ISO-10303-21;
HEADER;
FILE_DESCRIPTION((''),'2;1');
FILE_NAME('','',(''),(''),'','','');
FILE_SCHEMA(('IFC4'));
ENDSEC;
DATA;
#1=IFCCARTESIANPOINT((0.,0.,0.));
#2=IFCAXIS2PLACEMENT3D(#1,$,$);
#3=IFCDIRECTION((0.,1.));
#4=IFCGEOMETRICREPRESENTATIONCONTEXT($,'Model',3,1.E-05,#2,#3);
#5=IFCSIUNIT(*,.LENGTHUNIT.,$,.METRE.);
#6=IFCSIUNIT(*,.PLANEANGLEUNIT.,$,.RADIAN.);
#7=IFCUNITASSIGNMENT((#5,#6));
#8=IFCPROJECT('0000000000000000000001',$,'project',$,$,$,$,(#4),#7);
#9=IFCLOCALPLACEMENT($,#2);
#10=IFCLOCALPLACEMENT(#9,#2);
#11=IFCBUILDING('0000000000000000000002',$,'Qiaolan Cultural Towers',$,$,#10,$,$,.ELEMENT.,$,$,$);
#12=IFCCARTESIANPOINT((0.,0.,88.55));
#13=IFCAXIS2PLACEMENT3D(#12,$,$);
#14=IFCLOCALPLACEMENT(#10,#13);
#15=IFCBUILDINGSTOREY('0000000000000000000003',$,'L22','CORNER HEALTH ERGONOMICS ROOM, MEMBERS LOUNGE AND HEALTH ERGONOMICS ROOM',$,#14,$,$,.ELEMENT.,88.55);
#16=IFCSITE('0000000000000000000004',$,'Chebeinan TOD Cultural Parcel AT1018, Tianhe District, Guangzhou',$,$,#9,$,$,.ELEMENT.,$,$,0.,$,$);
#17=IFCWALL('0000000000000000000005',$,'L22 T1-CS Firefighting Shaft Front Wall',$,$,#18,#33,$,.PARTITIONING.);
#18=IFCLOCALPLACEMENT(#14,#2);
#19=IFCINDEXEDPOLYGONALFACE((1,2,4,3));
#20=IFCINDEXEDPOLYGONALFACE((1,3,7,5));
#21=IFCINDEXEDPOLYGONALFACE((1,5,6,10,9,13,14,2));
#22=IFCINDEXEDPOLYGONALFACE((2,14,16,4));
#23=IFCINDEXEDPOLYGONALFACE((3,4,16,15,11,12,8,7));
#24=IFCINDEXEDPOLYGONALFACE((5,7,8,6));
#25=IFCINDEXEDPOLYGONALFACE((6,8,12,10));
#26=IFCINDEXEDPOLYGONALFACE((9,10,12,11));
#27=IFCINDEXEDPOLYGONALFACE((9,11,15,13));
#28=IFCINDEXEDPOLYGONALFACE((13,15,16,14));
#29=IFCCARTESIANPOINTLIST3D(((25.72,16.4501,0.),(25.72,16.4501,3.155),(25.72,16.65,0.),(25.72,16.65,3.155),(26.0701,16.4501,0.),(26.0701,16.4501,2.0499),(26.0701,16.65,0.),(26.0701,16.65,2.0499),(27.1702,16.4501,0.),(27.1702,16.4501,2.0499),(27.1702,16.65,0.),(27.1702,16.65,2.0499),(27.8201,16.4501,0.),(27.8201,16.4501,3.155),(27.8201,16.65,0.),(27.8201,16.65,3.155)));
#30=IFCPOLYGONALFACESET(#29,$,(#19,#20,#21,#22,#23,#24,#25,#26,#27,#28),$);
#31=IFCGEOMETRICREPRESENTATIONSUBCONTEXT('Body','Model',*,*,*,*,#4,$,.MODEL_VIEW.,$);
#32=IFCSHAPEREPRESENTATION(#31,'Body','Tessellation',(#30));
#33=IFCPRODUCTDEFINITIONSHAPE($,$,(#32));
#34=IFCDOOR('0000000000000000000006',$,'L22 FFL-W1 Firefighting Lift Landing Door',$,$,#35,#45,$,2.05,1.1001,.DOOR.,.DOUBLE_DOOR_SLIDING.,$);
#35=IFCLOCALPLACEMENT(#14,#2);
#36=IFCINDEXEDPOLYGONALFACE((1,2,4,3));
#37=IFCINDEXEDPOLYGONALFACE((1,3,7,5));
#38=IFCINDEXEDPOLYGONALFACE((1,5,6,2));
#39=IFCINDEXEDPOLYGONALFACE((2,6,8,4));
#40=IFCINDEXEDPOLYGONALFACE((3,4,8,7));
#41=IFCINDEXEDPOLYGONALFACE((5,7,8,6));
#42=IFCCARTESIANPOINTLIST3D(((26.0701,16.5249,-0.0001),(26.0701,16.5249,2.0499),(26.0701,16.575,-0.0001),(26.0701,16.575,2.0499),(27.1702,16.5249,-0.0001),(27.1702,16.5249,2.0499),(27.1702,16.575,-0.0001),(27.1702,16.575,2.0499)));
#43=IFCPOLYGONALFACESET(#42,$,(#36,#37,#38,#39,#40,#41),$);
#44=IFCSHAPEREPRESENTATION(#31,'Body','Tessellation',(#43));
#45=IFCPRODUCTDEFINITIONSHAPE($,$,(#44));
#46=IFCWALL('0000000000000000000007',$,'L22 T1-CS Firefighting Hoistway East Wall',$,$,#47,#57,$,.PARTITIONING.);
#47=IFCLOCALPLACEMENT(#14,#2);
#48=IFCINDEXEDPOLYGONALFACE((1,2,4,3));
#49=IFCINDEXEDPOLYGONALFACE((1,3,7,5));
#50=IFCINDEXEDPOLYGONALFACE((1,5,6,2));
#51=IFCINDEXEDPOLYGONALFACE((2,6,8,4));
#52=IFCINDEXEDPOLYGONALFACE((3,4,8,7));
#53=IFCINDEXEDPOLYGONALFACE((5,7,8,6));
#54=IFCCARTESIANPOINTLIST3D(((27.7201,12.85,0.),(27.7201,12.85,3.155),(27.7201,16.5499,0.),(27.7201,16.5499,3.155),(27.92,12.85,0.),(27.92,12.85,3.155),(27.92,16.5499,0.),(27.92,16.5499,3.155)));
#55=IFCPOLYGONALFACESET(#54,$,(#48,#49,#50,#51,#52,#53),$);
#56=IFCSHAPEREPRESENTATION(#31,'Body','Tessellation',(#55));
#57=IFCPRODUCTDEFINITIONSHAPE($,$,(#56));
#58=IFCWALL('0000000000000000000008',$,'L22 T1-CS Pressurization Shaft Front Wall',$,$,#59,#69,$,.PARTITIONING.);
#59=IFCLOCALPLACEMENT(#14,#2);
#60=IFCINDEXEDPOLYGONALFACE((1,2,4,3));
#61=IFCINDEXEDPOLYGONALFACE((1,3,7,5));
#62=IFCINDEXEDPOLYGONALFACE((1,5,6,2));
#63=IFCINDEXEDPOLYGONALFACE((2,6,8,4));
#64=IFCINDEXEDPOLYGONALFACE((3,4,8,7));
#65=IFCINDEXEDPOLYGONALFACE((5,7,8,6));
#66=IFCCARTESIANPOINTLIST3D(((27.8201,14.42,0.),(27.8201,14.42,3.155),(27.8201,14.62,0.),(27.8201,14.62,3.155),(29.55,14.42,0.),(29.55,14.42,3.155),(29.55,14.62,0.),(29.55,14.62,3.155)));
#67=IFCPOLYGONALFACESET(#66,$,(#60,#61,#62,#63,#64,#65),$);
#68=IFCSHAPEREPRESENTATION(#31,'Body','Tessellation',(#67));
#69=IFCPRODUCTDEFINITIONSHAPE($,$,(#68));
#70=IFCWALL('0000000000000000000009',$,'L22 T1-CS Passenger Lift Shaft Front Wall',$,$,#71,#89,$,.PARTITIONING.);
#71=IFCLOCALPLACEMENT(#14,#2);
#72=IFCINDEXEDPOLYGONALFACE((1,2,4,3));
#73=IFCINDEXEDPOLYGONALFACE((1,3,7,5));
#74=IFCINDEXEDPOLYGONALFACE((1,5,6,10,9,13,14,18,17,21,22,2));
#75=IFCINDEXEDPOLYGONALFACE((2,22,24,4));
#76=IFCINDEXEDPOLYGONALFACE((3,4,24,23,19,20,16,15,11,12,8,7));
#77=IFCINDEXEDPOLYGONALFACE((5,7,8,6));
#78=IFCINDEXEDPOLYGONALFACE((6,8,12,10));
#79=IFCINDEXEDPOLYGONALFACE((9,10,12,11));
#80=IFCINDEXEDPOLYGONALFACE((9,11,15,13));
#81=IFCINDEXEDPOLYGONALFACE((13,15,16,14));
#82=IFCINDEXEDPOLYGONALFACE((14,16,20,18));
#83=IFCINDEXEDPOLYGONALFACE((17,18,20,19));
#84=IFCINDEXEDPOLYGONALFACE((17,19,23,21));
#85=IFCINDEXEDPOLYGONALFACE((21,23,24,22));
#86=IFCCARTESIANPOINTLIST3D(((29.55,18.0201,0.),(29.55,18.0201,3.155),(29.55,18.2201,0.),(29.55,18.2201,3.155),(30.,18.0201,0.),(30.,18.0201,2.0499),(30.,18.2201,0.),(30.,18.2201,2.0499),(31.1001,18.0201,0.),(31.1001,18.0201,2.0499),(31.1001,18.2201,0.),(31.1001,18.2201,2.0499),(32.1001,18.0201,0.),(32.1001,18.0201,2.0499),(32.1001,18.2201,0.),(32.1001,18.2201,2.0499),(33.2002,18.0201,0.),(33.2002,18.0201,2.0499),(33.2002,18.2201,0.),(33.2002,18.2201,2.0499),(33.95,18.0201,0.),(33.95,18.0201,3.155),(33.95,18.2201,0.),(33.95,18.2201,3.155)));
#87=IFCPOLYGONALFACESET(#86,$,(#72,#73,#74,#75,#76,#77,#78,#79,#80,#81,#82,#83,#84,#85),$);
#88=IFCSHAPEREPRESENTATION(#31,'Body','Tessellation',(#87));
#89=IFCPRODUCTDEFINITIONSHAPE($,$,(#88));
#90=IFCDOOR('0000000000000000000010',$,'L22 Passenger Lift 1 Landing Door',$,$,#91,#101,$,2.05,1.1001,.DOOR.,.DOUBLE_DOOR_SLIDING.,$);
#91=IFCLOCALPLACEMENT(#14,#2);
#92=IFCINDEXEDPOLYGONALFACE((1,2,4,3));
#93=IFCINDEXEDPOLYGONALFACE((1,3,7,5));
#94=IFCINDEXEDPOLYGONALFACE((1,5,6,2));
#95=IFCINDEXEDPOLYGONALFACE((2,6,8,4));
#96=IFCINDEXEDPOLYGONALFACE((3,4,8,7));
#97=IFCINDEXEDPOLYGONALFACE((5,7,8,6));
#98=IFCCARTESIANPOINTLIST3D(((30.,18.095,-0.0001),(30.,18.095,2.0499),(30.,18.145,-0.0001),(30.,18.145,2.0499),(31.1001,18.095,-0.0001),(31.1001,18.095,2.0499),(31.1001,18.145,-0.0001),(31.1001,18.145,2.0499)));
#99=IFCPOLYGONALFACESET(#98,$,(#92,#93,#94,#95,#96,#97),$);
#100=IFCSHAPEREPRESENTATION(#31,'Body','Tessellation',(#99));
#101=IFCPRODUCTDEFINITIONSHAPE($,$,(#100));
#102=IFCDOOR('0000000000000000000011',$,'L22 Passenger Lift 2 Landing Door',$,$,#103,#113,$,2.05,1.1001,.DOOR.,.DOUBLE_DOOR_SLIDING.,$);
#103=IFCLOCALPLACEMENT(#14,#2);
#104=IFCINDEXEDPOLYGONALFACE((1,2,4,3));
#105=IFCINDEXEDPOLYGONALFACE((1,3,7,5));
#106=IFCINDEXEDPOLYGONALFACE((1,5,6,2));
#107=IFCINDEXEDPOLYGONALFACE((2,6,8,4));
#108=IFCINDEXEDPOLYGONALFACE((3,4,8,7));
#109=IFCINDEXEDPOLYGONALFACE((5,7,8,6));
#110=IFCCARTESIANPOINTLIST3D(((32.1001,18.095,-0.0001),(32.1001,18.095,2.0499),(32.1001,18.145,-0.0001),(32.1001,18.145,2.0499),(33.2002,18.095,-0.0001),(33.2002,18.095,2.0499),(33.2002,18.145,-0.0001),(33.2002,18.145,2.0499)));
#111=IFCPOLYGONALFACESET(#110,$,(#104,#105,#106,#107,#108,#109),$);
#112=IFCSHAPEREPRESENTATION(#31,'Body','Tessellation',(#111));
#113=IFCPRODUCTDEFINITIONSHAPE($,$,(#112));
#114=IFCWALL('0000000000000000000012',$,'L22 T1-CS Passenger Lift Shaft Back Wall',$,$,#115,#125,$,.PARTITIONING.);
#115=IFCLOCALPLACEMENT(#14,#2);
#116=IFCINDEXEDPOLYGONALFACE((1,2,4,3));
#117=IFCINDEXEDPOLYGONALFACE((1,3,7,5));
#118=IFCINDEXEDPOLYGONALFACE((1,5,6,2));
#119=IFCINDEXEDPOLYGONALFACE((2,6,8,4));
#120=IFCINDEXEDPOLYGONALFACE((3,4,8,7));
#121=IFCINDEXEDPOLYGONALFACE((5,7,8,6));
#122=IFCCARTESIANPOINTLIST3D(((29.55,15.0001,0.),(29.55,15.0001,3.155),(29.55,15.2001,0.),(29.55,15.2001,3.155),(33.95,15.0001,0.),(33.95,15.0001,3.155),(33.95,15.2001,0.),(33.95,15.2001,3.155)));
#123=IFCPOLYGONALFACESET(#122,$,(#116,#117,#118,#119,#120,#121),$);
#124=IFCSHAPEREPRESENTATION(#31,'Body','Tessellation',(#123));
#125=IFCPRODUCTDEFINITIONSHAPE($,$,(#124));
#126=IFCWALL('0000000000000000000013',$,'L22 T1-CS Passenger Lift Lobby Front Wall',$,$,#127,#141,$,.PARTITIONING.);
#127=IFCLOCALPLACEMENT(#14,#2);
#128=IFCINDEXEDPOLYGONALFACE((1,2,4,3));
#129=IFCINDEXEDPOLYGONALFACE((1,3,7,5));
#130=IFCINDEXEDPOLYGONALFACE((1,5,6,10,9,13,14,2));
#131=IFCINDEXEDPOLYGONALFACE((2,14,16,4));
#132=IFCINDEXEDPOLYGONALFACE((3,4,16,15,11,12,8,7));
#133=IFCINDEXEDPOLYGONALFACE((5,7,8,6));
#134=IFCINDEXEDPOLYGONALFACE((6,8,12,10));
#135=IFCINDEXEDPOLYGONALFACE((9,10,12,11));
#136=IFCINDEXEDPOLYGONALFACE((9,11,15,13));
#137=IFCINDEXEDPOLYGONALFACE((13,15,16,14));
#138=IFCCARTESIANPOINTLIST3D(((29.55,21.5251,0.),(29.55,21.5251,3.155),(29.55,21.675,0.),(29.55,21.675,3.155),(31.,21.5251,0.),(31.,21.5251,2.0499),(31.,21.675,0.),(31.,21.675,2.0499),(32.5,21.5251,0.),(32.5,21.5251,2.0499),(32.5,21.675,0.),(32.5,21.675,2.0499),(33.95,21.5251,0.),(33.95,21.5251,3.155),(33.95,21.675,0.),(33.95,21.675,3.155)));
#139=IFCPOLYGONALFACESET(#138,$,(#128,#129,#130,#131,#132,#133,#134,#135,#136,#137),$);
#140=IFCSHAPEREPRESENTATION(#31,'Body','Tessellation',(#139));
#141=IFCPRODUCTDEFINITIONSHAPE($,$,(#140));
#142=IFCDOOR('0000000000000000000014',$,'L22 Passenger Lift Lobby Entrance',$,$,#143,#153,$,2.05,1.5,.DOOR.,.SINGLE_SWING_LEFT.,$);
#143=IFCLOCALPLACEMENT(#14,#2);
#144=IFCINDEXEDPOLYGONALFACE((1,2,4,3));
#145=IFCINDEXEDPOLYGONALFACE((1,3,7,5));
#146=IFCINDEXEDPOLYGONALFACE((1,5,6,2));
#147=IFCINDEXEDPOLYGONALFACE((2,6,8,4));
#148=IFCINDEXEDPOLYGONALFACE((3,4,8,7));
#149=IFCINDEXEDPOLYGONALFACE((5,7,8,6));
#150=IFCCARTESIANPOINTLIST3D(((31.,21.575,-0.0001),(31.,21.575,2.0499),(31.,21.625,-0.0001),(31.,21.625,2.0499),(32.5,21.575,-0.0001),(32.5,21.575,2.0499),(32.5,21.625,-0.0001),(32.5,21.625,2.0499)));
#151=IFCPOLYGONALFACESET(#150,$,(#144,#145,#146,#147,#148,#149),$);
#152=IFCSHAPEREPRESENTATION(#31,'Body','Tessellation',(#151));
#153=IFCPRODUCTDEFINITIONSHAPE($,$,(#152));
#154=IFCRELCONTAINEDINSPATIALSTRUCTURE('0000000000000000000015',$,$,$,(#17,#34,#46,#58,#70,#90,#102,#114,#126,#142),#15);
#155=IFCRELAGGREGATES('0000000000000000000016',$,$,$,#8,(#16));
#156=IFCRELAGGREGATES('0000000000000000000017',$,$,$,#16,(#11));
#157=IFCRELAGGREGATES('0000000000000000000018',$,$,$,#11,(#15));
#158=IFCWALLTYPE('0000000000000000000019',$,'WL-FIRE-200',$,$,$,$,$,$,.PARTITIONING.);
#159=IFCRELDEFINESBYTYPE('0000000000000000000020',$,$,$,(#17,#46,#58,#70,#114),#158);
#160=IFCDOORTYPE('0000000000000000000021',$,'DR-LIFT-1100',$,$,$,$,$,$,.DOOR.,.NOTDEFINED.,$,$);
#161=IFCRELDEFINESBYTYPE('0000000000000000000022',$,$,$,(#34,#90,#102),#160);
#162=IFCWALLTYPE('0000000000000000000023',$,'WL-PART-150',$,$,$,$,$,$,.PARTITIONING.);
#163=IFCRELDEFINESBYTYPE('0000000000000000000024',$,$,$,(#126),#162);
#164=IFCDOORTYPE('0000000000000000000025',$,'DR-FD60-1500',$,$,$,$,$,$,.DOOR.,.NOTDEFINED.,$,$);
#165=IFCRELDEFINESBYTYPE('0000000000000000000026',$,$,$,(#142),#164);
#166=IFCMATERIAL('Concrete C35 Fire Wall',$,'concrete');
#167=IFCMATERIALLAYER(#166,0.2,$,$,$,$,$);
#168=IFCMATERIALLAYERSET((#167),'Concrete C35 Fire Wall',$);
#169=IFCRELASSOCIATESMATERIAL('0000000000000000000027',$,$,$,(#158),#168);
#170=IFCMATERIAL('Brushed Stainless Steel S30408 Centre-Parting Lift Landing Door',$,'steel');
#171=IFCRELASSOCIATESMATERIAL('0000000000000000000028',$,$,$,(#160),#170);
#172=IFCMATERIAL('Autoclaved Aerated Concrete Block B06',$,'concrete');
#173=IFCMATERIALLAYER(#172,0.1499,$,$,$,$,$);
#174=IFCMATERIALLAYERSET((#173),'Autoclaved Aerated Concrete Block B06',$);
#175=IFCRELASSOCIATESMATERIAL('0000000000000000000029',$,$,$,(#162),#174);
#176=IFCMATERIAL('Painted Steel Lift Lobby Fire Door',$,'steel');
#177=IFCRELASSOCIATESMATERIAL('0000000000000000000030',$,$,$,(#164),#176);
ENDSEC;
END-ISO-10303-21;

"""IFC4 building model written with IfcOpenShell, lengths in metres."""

from ifc_helpers import new_model, si_unit, direction, frame, frame_2d, origin, place, context, subcontext, project, spatial, rectangle, extrude, material, layer, layer_set, type_object, element, fill, save


model = new_model("IFC4")

# Units and contexts
model_context = context("Model", 3, precision=1e-05, world=origin(), true_north=direction((0.0, 1.0)))
body_context = subcontext(model_context, "Body", "Model", "MODEL_VIEW")
ifc_project = project(units=[si_unit("LENGTHUNIT", "METRE"), si_unit("PLANEANGLEUNIT", "RADIAN")], contexts=[model_context])

# Site, building, storey
site_placement = place(None, origin())
site = spatial("IfcSite", under=ifc_project, at=site_placement, Name="Chebeinan TOD Cultural Parcel AT1018, Tianhe District, Guangzhou", CompositionType="ELEMENT", RefElevation=0.0)
building_placement = place(site_placement, origin())
building = spatial("IfcBuilding", under=site, at=building_placement, Name="Qiaolan Cultural Towers", CompositionType="ELEMENT")
storey_placement = place(building_placement, frame((0.0, 0.0, 88.55)))
storey = spatial("IfcBuildingStorey", under=building, at=storey_placement, Name="L22", Description="CORNER HEALTH ERGONOMICS ROOM, MEMBERS LOUNGE AND HEALTH ERGONOMICS ROOM", CompositionType="ELEMENT", Elevation=88.55)

# Shared definitions
ifc_material_1 = material(Name="Concrete C35 Fire Wall", Category="concrete")
ifc_layer_1 = layer(ifc_material_1, 0.2)
ifc_layer_set_1 = layer_set([ifc_layer_1], Name="Concrete C35 Fire Wall")
wall_type_1 = type_object("IfcWallType", Name="WL-FIRE-200", PredefinedType="PARTITIONING", material=ifc_layer_set_1)

# Wall, opening, door
wall_1_placement = place(storey_placement, frame((25.72, 16.55, 0.0), z_axis=(0.0, 0.0, 1.0), x_axis=(1.0, 0.0, 0.0)))
wall_1 = element("IfcWall", 1, at=wall_1_placement, inside=storey, type_object=wall_type_1, Name="L22 T1-CS Firefighting Shaft Front Wall", PredefinedType="PARTITIONING", context=body_context, shape_type="SweptSolid", body=[
    extrude(rectangle(XDim=2.1001, YDim=0.2, at=frame_2d((1.05, 0.0))), origin(), (0.0, 0.0, 1.0), 3.155),
])
opening_1_placement = place(wall_1_placement, frame((0.3501, 0.0, 0.0)))
opening_1 = element("IfcOpeningElement", 2, at=opening_1_placement, cuts=wall_1, PredefinedType="OPENING", context=body_context, shape_type="SweptSolid", body=[
    extrude(rectangle(XDim=1.1001, YDim=2.05, at=frame_2d((0.55, 1.0249))), frame((0.0, 0.1099, 0.0), z_axis=(0.0, -1.0, 0.0), x_axis=(1.0, 0.0, 0.0)), (0.0, 0.0, 1.0), 0.22),
])
ifc_material_2 = material(Name="Brushed Stainless Steel S30408 Centre-Parting Lift Landing Door", Category="steel")
door_type_1 = type_object("IfcDoorType", Name="DR-LIFT-1100", OperationType="NOTDEFINED", PredefinedType="DOOR", material=ifc_material_2)
door_1_placement = place(opening_1_placement, origin())
door_1 = element("IfcDoor", 3, at=door_1_placement, inside=storey, type_object=door_type_1, Name="L22 FFL-W1 Firefighting Lift Landing Door", OperationType="DOUBLE_DOOR_SLIDING", OverallHeight=2.05, OverallWidth=1.1001, PredefinedType="DOOR", context=body_context, shape_type="SweptSolid", body=[
    extrude(rectangle(XDim=1.1001, YDim=2.05, at=frame_2d((0.55, 1.0249))), frame((0.0, 0.0249, 0.0), z_axis=(0.0, -1.0, 0.0), x_axis=(1.0, 0.0, 0.0)), (0.0, 0.0, 1.0), 0.05),
])
fill(opening_1, door_1)

# Walls
wall_2_placement = place(storey_placement, frame((27.8201, 16.55, 0.0), z_axis=(0.0, 0.0, 1.0), x_axis=(0.0, -1.0, 0.0)))
element("IfcWall", 4, at=wall_2_placement, inside=storey, type_object=wall_type_1, Name="L22 T1-CS Firefighting Hoistway East Wall", PredefinedType="PARTITIONING", context=body_context, shape_type="SweptSolid", body=[
    extrude(rectangle(XDim=3.7, YDim=0.2, at=frame_2d((1.8501, 0.0))), origin(), (0.0, 0.0, 1.0), 3.155),
])
wall_3_placement = place(storey_placement, frame((27.8201, 14.52, 0.0), z_axis=(0.0, 0.0, 1.0), x_axis=(1.0, 0.0, 0.0)))
element("IfcWall", 5, at=wall_3_placement, inside=storey, type_object=wall_type_1, Name="L22 T1-CS Pressurization Shaft Front Wall", PredefinedType="PARTITIONING", context=body_context, shape_type="SweptSolid", body=[
    extrude(rectangle(XDim=1.73, YDim=0.2, at=frame_2d((0.865, 0.0))), origin(), (0.0, 0.0, 1.0), 3.155),
])

# Wall, openings, doors
wall_4_placement = place(storey_placement, frame((29.55, 18.1201, 0.0), z_axis=(0.0, 0.0, 1.0), x_axis=(1.0, 0.0, 0.0)))
wall_4 = element("IfcWall", 6, at=wall_4_placement, inside=storey, type_object=wall_type_1, Name="L22 T1-CS Passenger Lift Shaft Front Wall", PredefinedType="PARTITIONING", context=body_context, shape_type="SweptSolid", body=[
    extrude(rectangle(XDim=4.3999, YDim=0.2, at=frame_2d((2.2, 0.0))), origin(), (0.0, 0.0, 1.0), 3.155),
])
opening_2_placement = place(wall_4_placement, frame((0.45, 0.0, 0.0)))
opening_2 = element("IfcOpeningElement", 7, at=opening_2_placement, cuts=wall_4, PredefinedType="OPENING", context=body_context, shape_type="SweptSolid", body=[
    extrude(rectangle(XDim=1.1001, YDim=2.05, at=frame_2d((0.55, 1.0249))), frame((0.0, 0.1099, 0.0), z_axis=(0.0, -1.0, 0.0), x_axis=(1.0, 0.0, 0.0)), (0.0, 0.0, 1.0), 0.22),
])
opening_3_placement = place(wall_4_placement, frame((2.55, 0.0, 0.0)))
opening_3 = element("IfcOpeningElement", 8, at=opening_3_placement, cuts=wall_4, PredefinedType="OPENING", context=body_context, shape_type="SweptSolid", body=[
    extrude(rectangle(XDim=1.1001, YDim=2.05, at=frame_2d((0.55, 1.0249))), frame((0.0, 0.1099, 0.0), z_axis=(0.0, -1.0, 0.0), x_axis=(1.0, 0.0, 0.0)), (0.0, 0.0, 1.0), 0.22),
])
door_2_placement = place(opening_2_placement, origin())
door_2 = element("IfcDoor", 9, at=door_2_placement, inside=storey, type_object=door_type_1, Name="L22 Passenger Lift 1 Landing Door", OperationType="DOUBLE_DOOR_SLIDING", OverallHeight=2.05, OverallWidth=1.1001, PredefinedType="DOOR", context=body_context, shape_type="SweptSolid", body=[
    extrude(rectangle(XDim=1.1001, YDim=2.05, at=frame_2d((0.55, 1.0249))), frame((0.0, 0.0249, 0.0), z_axis=(0.0, -1.0, 0.0), x_axis=(1.0, 0.0, 0.0)), (0.0, 0.0, 1.0), 0.05),
])
fill(opening_2, door_2)
door_3_placement = place(opening_3_placement, origin())
door_3 = element("IfcDoor", 10, at=door_3_placement, inside=storey, type_object=door_type_1, Name="L22 Passenger Lift 2 Landing Door", OperationType="DOUBLE_DOOR_SLIDING", OverallHeight=2.05, OverallWidth=1.1001, PredefinedType="DOOR", context=body_context, shape_type="SweptSolid", body=[
    extrude(rectangle(XDim=1.1001, YDim=2.05, at=frame_2d((0.55, 1.0249))), frame((0.0, 0.0249, 0.0), z_axis=(0.0, -1.0, 0.0), x_axis=(1.0, 0.0, 0.0)), (0.0, 0.0, 1.0), 0.05),
])
fill(opening_3, door_3)

# Wall
wall_5_placement = place(storey_placement, frame((29.55, 15.1001, 0.0), z_axis=(0.0, 0.0, 1.0), x_axis=(1.0, 0.0, 0.0)))
element("IfcWall", 11, at=wall_5_placement, inside=storey, type_object=wall_type_1, Name="L22 T1-CS Passenger Lift Shaft Back Wall", PredefinedType="PARTITIONING", context=body_context, shape_type="SweptSolid", body=[
    extrude(rectangle(XDim=4.3999, YDim=0.2, at=frame_2d((2.2, 0.0))), origin(), (0.0, 0.0, 1.0), 3.155),
])

# Wall, opening, door
ifc_material_3 = material(Name="Autoclaved Aerated Concrete Block B06", Category="concrete")
ifc_layer_2 = layer(ifc_material_3, 0.1499)
ifc_layer_set_2 = layer_set([ifc_layer_2], Name="Autoclaved Aerated Concrete Block B06")
wall_type_2 = type_object("IfcWallType", Name="WL-PART-150", PredefinedType="PARTITIONING", material=ifc_layer_set_2)
wall_6_placement = place(storey_placement, frame((29.55, 21.6001, 0.0), z_axis=(0.0, 0.0, 1.0), x_axis=(1.0, 0.0, 0.0)))
wall_6 = element("IfcWall", 12, at=wall_6_placement, inside=storey, type_object=wall_type_2, Name="L22 T1-CS Passenger Lift Lobby Front Wall", PredefinedType="PARTITIONING", context=body_context, shape_type="SweptSolid", body=[
    extrude(rectangle(XDim=4.3999, YDim=0.1499, at=frame_2d((2.2, 0.0))), origin(), (0.0, 0.0, 1.0), 3.155),
])
opening_4_placement = place(wall_6_placement, frame((1.45, 0.0, 0.0)))
opening_4 = element("IfcOpeningElement", 13, at=opening_4_placement, cuts=wall_6, PredefinedType="OPENING", context=body_context, shape_type="SweptSolid", body=[
    extrude(rectangle(XDim=1.5, YDim=2.05, at=frame_2d((0.75, 1.0249))), frame((0.0, 0.085, 0.0), z_axis=(0.0, -1.0, 0.0), x_axis=(1.0, 0.0, 0.0)), (0.0, 0.0, 1.0), 0.1699),
])
ifc_material_4 = material(Name="Painted Steel Lift Lobby Fire Door", Category="steel")
door_type_2 = type_object("IfcDoorType", Name="DR-FD60-1500", OperationType="NOTDEFINED", PredefinedType="DOOR", material=ifc_material_4)
door_4_placement = place(opening_4_placement, origin())
door_4 = element("IfcDoor", 14, at=door_4_placement, inside=storey, type_object=door_type_2, Name="L22 Passenger Lift Lobby Entrance", OperationType="SINGLE_SWING_LEFT", OverallHeight=2.05, OverallWidth=1.5, PredefinedType="DOOR", context=body_context, shape_type="SweptSolid", body=[
    extrude(rectangle(XDim=1.5, YDim=2.05, at=frame_2d((0.75, 1.0249))), frame((0.0, 0.0249, 0.0), z_axis=(0.0, -1.0, 0.0), x_axis=(1.0, 0.0, 0.0)), (0.0, 0.0, 1.0), 0.05),
])
fill(opening_4, door_4)

save(model, "model.ifc")
